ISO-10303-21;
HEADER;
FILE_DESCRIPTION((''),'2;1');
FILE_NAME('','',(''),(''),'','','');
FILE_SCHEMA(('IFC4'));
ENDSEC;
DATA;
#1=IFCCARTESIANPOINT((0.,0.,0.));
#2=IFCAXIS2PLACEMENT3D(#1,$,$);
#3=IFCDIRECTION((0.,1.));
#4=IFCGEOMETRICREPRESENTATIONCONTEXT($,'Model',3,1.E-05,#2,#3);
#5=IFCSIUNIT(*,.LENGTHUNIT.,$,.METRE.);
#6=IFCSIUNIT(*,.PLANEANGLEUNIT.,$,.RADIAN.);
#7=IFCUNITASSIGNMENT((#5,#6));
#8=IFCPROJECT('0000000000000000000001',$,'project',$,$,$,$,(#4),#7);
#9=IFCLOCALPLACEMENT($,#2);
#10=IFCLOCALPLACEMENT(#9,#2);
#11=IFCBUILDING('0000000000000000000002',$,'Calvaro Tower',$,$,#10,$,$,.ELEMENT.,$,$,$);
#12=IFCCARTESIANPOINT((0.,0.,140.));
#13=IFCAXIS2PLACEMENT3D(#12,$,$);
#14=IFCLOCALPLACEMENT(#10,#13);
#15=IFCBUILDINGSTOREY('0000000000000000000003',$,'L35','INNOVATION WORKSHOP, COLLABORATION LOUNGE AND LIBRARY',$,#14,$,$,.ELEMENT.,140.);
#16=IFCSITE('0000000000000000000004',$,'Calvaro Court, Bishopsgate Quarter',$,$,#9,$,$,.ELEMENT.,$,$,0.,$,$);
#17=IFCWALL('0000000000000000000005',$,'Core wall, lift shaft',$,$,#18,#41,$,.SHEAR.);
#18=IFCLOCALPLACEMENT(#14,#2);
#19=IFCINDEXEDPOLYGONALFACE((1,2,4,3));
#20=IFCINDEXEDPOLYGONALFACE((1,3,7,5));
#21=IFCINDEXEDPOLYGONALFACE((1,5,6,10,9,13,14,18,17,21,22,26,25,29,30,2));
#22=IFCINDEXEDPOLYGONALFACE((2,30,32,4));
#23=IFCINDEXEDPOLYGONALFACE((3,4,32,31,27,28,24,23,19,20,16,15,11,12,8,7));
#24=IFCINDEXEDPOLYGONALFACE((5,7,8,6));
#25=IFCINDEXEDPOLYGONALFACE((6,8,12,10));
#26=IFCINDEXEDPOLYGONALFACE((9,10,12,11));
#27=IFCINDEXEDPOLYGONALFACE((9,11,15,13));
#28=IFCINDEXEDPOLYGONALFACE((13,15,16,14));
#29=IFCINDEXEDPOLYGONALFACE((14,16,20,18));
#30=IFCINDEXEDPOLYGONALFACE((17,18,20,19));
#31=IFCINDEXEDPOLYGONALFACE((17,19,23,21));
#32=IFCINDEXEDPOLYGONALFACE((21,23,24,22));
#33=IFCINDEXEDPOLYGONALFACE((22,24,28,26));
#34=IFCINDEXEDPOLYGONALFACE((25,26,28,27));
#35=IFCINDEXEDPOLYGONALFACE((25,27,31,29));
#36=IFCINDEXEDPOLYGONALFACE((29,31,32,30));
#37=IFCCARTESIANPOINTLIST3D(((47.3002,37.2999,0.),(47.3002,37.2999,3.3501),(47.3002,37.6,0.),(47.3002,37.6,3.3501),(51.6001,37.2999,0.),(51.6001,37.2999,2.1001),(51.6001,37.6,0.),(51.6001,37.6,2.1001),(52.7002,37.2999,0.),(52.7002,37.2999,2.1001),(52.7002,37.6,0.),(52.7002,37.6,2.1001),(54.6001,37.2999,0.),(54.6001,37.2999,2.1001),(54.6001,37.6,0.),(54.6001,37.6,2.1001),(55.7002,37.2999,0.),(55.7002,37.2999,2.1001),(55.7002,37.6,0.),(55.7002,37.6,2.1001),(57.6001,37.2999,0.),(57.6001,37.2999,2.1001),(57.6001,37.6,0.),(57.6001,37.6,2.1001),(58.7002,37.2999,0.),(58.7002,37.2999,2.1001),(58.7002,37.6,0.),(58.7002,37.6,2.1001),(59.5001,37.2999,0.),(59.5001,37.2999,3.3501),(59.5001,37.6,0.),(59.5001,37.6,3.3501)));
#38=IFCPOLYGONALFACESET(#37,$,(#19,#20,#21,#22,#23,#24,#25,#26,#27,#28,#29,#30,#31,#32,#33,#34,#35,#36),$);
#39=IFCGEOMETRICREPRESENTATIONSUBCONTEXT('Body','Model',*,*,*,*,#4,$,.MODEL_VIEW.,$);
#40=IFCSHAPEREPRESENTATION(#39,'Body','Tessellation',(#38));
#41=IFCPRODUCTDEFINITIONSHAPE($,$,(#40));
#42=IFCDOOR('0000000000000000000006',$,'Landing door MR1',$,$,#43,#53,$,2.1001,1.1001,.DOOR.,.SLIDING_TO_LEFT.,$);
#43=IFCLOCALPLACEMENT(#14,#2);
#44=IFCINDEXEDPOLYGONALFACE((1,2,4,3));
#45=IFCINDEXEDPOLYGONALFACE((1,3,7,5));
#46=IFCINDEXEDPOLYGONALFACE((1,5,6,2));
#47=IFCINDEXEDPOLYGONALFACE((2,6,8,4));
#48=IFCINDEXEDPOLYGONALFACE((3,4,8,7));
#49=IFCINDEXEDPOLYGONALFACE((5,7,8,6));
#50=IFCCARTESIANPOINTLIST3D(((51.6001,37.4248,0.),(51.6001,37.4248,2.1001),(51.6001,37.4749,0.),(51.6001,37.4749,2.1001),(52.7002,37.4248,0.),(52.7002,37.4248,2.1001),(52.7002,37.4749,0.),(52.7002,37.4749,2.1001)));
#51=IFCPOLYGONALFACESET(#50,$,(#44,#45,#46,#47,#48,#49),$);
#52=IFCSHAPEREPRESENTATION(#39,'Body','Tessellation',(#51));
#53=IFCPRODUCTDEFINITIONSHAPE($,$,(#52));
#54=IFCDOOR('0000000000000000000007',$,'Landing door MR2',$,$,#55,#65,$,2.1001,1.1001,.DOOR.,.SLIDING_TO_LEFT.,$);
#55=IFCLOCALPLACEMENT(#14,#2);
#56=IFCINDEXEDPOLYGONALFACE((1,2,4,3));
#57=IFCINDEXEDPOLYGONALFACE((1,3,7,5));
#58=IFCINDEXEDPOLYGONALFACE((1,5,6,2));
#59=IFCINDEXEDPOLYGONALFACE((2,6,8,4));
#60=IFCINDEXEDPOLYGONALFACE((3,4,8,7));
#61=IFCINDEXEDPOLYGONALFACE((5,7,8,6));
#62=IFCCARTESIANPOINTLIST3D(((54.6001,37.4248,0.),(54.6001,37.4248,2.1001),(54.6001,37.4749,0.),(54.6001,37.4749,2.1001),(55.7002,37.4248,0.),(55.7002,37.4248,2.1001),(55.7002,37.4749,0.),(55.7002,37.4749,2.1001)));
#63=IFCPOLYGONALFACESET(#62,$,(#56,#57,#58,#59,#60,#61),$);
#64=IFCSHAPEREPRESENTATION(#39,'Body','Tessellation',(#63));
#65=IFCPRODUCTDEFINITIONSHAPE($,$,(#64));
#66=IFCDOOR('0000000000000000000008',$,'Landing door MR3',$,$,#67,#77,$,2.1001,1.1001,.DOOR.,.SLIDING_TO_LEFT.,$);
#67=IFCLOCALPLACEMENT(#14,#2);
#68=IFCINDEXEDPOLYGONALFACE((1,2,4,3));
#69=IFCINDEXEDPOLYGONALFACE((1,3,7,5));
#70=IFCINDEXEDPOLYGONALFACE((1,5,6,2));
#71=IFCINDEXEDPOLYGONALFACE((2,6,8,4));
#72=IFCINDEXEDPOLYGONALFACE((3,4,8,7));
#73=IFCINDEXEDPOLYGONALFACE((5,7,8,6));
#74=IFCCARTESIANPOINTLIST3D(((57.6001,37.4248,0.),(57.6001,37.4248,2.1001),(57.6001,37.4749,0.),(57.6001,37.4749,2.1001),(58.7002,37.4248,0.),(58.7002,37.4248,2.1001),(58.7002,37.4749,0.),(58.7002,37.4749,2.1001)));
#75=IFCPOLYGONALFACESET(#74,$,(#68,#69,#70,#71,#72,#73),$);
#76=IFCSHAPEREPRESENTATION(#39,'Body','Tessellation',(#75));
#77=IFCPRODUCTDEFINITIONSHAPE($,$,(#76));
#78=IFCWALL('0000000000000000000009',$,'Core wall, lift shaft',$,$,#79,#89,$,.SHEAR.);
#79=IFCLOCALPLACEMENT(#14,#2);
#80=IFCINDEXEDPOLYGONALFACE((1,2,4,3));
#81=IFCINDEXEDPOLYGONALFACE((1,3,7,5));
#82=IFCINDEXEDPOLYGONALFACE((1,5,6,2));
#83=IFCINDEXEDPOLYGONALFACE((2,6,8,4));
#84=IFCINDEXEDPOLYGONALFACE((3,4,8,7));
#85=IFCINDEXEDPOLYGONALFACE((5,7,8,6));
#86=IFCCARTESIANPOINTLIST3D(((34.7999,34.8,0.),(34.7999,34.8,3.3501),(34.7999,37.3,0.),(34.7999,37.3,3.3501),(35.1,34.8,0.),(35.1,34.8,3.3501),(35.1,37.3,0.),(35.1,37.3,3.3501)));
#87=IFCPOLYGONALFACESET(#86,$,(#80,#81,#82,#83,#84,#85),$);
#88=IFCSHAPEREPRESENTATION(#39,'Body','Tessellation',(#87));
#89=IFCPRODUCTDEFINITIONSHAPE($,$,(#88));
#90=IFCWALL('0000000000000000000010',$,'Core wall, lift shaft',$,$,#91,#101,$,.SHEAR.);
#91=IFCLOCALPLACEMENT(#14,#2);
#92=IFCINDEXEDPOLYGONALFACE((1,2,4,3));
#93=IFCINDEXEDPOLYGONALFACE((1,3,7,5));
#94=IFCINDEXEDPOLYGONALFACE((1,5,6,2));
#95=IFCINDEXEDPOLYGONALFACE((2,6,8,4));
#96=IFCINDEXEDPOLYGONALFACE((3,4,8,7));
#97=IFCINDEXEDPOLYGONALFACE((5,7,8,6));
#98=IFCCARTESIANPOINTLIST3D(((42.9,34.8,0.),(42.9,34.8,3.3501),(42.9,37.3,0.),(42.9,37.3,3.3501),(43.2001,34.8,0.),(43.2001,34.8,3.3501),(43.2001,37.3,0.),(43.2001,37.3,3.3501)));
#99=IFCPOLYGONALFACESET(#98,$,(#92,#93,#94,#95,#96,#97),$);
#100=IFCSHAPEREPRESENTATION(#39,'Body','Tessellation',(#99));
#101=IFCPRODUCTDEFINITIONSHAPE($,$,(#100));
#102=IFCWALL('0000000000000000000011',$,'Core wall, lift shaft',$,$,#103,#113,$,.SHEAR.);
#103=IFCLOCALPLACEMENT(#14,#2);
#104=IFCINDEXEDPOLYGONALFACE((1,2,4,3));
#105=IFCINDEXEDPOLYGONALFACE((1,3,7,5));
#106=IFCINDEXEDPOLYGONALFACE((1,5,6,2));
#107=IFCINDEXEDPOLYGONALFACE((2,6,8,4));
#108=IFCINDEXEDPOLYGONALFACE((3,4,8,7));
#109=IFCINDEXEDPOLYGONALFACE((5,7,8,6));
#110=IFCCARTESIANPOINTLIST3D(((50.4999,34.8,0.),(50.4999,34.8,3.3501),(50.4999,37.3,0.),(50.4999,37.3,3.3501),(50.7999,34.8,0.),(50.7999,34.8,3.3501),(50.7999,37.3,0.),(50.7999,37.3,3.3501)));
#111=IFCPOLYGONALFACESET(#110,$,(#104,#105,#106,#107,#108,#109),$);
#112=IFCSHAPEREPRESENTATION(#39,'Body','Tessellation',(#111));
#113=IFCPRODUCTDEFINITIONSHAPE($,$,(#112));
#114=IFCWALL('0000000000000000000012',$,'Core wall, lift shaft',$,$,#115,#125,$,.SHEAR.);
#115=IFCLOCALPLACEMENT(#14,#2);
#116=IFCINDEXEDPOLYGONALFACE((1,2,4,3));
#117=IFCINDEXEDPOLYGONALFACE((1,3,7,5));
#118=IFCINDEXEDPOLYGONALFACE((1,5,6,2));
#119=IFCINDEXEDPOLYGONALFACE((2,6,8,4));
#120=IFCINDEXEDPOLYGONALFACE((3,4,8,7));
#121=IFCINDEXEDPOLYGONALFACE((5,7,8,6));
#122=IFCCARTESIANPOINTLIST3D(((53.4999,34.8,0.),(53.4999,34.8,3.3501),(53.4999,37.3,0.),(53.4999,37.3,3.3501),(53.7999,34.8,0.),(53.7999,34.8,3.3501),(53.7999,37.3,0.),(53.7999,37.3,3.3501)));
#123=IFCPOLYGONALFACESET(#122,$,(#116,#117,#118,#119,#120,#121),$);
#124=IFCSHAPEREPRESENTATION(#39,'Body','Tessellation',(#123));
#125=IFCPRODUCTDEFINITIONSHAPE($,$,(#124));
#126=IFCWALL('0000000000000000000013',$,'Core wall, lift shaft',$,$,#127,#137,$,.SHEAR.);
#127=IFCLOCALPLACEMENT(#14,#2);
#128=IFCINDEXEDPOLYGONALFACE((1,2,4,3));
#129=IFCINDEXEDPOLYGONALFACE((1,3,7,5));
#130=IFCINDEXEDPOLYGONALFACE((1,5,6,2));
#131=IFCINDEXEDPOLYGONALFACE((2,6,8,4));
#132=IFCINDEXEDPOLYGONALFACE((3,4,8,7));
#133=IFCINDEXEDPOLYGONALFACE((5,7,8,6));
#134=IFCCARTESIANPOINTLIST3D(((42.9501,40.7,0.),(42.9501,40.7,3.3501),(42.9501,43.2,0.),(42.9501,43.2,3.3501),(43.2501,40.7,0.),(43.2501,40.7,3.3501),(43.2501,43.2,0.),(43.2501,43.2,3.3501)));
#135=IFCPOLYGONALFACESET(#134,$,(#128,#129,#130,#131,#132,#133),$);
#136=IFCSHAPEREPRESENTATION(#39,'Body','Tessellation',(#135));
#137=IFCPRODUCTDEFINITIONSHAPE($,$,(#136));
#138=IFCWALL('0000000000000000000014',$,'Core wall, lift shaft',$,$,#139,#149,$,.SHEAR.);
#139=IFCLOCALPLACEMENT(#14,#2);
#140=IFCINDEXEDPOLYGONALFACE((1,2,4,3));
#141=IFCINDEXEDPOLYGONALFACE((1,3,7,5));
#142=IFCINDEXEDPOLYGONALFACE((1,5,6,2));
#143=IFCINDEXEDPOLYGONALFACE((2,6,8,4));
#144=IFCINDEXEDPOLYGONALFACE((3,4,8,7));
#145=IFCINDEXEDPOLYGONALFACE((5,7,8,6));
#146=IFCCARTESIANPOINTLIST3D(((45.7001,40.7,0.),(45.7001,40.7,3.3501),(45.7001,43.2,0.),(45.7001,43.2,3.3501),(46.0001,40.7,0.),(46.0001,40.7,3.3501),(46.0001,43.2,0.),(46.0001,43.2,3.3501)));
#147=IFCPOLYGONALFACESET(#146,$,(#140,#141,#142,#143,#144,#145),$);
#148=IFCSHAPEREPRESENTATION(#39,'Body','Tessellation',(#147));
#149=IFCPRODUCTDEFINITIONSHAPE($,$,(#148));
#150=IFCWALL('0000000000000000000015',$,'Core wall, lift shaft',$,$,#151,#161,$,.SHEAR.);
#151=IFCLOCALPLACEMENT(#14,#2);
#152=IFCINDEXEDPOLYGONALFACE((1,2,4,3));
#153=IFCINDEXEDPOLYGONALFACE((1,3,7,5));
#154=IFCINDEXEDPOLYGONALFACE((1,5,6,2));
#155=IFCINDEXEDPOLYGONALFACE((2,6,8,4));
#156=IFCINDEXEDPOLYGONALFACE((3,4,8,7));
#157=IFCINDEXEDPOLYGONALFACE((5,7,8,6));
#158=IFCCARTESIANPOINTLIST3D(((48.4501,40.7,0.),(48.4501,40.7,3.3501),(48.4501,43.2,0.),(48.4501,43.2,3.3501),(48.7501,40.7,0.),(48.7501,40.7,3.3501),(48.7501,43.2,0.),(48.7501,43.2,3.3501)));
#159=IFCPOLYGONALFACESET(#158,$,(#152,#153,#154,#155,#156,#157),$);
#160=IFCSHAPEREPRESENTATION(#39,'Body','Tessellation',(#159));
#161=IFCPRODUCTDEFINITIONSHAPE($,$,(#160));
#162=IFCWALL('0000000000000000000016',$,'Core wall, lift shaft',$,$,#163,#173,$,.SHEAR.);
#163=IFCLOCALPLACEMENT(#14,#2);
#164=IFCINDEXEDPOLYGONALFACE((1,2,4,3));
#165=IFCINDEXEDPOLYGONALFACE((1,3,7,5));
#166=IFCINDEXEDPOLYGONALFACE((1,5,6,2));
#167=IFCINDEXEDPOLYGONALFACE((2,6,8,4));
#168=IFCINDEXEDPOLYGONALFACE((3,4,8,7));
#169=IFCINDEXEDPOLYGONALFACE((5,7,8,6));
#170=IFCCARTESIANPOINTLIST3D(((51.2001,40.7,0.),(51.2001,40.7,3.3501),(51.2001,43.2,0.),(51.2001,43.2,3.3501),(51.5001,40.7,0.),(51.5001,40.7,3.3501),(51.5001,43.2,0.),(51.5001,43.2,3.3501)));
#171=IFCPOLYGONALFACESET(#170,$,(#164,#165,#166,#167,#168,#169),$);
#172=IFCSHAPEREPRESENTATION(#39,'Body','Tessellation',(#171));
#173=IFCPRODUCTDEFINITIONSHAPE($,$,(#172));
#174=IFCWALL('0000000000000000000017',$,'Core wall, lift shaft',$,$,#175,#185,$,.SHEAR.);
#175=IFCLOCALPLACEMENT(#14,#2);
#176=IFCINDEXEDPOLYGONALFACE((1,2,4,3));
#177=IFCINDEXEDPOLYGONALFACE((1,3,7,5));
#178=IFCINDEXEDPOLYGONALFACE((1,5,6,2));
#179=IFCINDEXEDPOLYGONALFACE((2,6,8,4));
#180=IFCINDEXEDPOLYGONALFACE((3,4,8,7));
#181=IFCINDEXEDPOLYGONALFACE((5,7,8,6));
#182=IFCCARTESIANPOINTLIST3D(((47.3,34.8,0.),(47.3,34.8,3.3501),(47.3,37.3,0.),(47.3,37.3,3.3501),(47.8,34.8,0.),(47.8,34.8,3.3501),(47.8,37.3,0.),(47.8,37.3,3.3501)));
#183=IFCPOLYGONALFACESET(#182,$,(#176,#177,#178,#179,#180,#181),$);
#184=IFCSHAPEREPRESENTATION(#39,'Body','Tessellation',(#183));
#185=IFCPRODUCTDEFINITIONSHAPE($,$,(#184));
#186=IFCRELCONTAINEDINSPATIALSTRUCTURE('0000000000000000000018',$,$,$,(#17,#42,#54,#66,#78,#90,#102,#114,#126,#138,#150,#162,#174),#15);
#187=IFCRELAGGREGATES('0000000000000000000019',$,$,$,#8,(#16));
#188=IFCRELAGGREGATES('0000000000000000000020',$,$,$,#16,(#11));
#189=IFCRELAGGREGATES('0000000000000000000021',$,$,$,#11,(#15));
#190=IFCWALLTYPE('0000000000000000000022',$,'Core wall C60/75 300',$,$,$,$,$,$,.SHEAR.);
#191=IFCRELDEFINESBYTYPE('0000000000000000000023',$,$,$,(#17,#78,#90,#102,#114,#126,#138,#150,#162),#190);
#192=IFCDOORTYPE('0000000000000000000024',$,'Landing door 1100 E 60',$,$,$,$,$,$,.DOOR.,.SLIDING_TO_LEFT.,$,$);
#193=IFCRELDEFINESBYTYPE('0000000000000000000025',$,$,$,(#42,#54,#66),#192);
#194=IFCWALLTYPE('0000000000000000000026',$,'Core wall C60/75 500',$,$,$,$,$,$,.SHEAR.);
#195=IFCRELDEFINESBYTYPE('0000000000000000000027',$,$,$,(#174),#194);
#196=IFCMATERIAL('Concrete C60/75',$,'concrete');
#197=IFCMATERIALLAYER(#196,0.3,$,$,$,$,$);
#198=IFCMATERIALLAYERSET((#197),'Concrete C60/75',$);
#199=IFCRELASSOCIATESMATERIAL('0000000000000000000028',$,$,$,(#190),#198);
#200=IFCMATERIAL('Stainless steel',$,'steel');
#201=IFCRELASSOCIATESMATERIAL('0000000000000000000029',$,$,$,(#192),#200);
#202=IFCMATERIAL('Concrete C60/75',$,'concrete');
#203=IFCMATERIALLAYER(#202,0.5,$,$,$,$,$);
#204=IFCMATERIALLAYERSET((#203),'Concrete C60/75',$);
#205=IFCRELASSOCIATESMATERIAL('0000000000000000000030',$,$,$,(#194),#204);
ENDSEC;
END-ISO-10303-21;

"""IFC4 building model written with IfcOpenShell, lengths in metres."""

from ifc_helpers import new_model, si_unit, direction, frame, frame_2d, origin, place, context, subcontext, project, spatial, rectangle, extrude, material, layer, layer_set, type_object, element, fill, save


model = new_model("IFC4")

# Units and contexts
model_context = context("Model", 3, precision=1e-05, world=origin(), true_north=direction((0.0, 1.0)))
body_context = subcontext(model_context, "Body", "Model", "MODEL_VIEW")
ifc_project = project(units=[si_unit("LENGTHUNIT", "METRE"), si_unit("PLANEANGLEUNIT", "RADIAN")], contexts=[model_context])

# Site, building, storey
site_placement = place(None, origin())
site = spatial("IfcSite", under=ifc_project, at=site_placement, Name="Calvaro Court, Bishopsgate Quarter", CompositionType="ELEMENT", RefElevation=0.0)
building_placement = place(site_placement, origin())
building = spatial("IfcBuilding", under=site, at=building_placement, Name="Calvaro Tower", CompositionType="ELEMENT")
storey_placement = place(building_placement, frame((0.0, 0.0, 140.0)))
storey = spatial("IfcBuildingStorey", under=building, at=storey_placement, Name="L35", Description="INNOVATION WORKSHOP, COLLABORATION LOUNGE AND LIBRARY", CompositionType="ELEMENT", Elevation=140.0)

# Shared definitions
ifc_material_1 = material(Name="Concrete C60/75", Category="concrete")
ifc_layer_1 = layer(ifc_material_1, 0.3)
ifc_layer_set_1 = layer_set([ifc_layer_1], Name="Concrete C60/75")
wall_type_1 = type_object("IfcWallType", Name="Core wall C60/75 300", PredefinedType="SHEAR", material=ifc_layer_set_1)

# Shared definitions
ifc_material_2 = material(Name="Stainless steel", Category="steel")
door_type_1 = type_object("IfcDoorType", Name="Landing door 1100 E 60", OperationType="SLIDING_TO_LEFT", PredefinedType="DOOR", material=ifc_material_2)

# Wall, openings, doors
wall_1_placement = place(storey_placement, frame((47.3, 37.45, 0.0), z_axis=(0.0, 0.0, 1.0), x_axis=(1.0, 0.0, 0.0)))
wall_1 = element("IfcWall", 1, at=wall_1_placement, inside=storey, type_object=wall_type_1, Name="Core wall, lift shaft", PredefinedType="SHEAR", context=body_context, shape_type="SweptSolid", body=[
    extrude(rectangle(XDim=12.2, YDim=0.3, at=frame_2d((6.1001, 0.0))), origin(), (0.0, 0.0, 1.0), 3.3501),
])
opening_1_placement = place(wall_1_placement, frame((4.3, 0.0, 0.0)))
opening_1 = element("IfcOpeningElement", 2, at=opening_1_placement, cuts=wall_1, PredefinedType="OPENING", context=body_context, shape_type="SweptSolid", body=[
    extrude(rectangle(XDim=1.1001, YDim=2.1001, at=frame_2d((0.55, 1.05))), frame((0.0, 0.1599, 0.0), z_axis=(0.0, -1.0, 0.0), x_axis=(1.0, 0.0, 0.0)), (0.0, 0.0, 1.0), 0.3201),
])
opening_2_placement = place(wall_1_placement, frame((7.3, 0.0, 0.0)))
opening_2 = element("IfcOpeningElement", 3, at=opening_2_placement, cuts=wall_1, PredefinedType="OPENING", context=body_context, shape_type="SweptSolid", body=[
    extrude(rectangle(XDim=1.1001, YDim=2.1001, at=frame_2d((0.55, 1.05))), frame((0.0, 0.1599, 0.0), z_axis=(0.0, -1.0, 0.0), x_axis=(1.0, 0.0, 0.0)), (0.0, 0.0, 1.0), 0.3201),
])
opening_3_placement = place(wall_1_placement, frame((10.3, 0.0, 0.0)))
opening_3 = element("IfcOpeningElement", 4, at=opening_3_placement, cuts=wall_1, PredefinedType="OPENING", context=body_context, shape_type="SweptSolid", body=[
    extrude(rectangle(XDim=1.1001, YDim=2.1001, at=frame_2d((0.55, 1.05))), frame((0.0, 0.1599, 0.0), z_axis=(0.0, -1.0, 0.0), x_axis=(1.0, 0.0, 0.0)), (0.0, 0.0, 1.0), 0.3201),
])
door_1_placement = place(opening_1_placement, origin())
door_1 = element("IfcDoor", 5, at=door_1_placement, inside=storey, type_object=door_type_1, Name="Landing door MR1", OperationType="SLIDING_TO_LEFT", OverallHeight=2.1001, OverallWidth=1.1001, PredefinedType="DOOR", context=body_context, shape_type="SweptSolid", body=[
    extrude(rectangle(XDim=1.1001, YDim=2.1001, at=frame_2d((0.55, 1.05))), frame((0.0, 0.0249, 0.0), z_axis=(0.0, -1.0, 0.0), x_axis=(1.0, 0.0, 0.0)), (0.0, 0.0, 1.0), 0.05),
])
fill(opening_1, door_1)
door_2_placement = place(opening_2_placement, origin())
door_2 = element("IfcDoor", 6, at=door_2_placement, inside=storey, type_object=door_type_1, Name="Landing door MR2", OperationType="SLIDING_TO_LEFT", OverallHeight=2.1001, OverallWidth=1.1001, PredefinedType="DOOR", context=body_context, shape_type="SweptSolid", body=[
    extrude(rectangle(XDim=1.1001, YDim=2.1001, at=frame_2d((0.55, 1.05))), frame((0.0, 0.0249, 0.0), z_axis=(0.0, -1.0, 0.0), x_axis=(1.0, 0.0, 0.0)), (0.0, 0.0, 1.0), 0.05),
])
fill(opening_2, door_2)
door_3_placement = place(opening_3_placement, origin())
door_3 = element("IfcDoor", 7, at=door_3_placement, inside=storey, type_object=door_type_1, Name="Landing door MR3", OperationType="SLIDING_TO_LEFT", OverallHeight=2.1001, OverallWidth=1.1001, PredefinedType="DOOR", context=body_context, shape_type="SweptSolid", body=[
    extrude(rectangle(XDim=1.1001, YDim=2.1001, at=frame_2d((0.55, 1.05))), frame((0.0, 0.0249, 0.0), z_axis=(0.0, -1.0, 0.0), x_axis=(1.0, 0.0, 0.0)), (0.0, 0.0, 1.0), 0.05),
])
fill(opening_3, door_3)

# Walls
for number, where, z_axis, x_axis, name in (
    (8, (34.95, 34.8, 0.0), (0.0, 0.0, 1.0), (0.0, 1.0, 0.0), "Core wall, lift shaft"),
    (9, (43.05, 34.8, 0.0), (0.0, 0.0, 1.0), (0.0, 1.0, 0.0), "Core wall, lift shaft"),
    (10, (50.6499, 34.8, 0.0), (0.0, 0.0, 1.0), (0.0, 1.0, 0.0), "Core wall, lift shaft"),
    (11, (53.6499, 34.8, 0.0), (0.0, 0.0, 1.0), (0.0, 1.0, 0.0), "Core wall, lift shaft"),
    (12, (43.1001, 40.7, 0.0), (0.0, 0.0, 1.0), (0.0, 1.0, 0.0), "Core wall, lift shaft"),
    (13, (45.8501, 40.7, 0.0), (0.0, 0.0, 1.0), (0.0, 1.0, 0.0), "Core wall, lift shaft"),
    (14, (48.6001, 40.7, 0.0), (0.0, 0.0, 1.0), (0.0, 1.0, 0.0), "Core wall, lift shaft"),
    (15, (51.3501, 40.7, 0.0), (0.0, 0.0, 1.0), (0.0, 1.0, 0.0), "Core wall, lift shaft"),
):
    element("IfcWall", number, at=place(storey_placement, frame(where, z_axis=z_axis, x_axis=x_axis)), inside=storey, type_object=wall_type_1, Name=name, PredefinedType="SHEAR", context=body_context, shape_type="SweptSolid", body=[
        extrude(rectangle(XDim=2.5, YDim=0.3, at=frame_2d((1.25, 0.0))), origin(), (0.0, 0.0, 1.0), 3.3501),
    ])
ifc_material_3 = material(Name="Concrete C60/75", Category="concrete")
ifc_layer_2 = layer(ifc_material_3, 0.5)
ifc_layer_set_2 = layer_set([ifc_layer_2], Name="Concrete C60/75")
wall_type_2 = type_object("IfcWallType", Name="Core wall C60/75 500", PredefinedType="SHEAR", material=ifc_layer_set_2)
wall_2_placement = place(storey_placement, frame((47.55, 34.8, 0.0), z_axis=(0.0, 0.0, 1.0), x_axis=(0.0, 1.0, 0.0)))
element("IfcWall", 16, at=wall_2_placement, inside=storey, type_object=wall_type_2, Name="Core wall, lift shaft", PredefinedType="SHEAR", context=body_context, shape_type="SweptSolid", body=[
    extrude(rectangle(XDim=2.5, YDim=0.5, at=frame_2d((1.25, 0.0))), origin(), (0.0, 0.0, 1.0), 3.3501),
])

save(model, "model.ifc")
